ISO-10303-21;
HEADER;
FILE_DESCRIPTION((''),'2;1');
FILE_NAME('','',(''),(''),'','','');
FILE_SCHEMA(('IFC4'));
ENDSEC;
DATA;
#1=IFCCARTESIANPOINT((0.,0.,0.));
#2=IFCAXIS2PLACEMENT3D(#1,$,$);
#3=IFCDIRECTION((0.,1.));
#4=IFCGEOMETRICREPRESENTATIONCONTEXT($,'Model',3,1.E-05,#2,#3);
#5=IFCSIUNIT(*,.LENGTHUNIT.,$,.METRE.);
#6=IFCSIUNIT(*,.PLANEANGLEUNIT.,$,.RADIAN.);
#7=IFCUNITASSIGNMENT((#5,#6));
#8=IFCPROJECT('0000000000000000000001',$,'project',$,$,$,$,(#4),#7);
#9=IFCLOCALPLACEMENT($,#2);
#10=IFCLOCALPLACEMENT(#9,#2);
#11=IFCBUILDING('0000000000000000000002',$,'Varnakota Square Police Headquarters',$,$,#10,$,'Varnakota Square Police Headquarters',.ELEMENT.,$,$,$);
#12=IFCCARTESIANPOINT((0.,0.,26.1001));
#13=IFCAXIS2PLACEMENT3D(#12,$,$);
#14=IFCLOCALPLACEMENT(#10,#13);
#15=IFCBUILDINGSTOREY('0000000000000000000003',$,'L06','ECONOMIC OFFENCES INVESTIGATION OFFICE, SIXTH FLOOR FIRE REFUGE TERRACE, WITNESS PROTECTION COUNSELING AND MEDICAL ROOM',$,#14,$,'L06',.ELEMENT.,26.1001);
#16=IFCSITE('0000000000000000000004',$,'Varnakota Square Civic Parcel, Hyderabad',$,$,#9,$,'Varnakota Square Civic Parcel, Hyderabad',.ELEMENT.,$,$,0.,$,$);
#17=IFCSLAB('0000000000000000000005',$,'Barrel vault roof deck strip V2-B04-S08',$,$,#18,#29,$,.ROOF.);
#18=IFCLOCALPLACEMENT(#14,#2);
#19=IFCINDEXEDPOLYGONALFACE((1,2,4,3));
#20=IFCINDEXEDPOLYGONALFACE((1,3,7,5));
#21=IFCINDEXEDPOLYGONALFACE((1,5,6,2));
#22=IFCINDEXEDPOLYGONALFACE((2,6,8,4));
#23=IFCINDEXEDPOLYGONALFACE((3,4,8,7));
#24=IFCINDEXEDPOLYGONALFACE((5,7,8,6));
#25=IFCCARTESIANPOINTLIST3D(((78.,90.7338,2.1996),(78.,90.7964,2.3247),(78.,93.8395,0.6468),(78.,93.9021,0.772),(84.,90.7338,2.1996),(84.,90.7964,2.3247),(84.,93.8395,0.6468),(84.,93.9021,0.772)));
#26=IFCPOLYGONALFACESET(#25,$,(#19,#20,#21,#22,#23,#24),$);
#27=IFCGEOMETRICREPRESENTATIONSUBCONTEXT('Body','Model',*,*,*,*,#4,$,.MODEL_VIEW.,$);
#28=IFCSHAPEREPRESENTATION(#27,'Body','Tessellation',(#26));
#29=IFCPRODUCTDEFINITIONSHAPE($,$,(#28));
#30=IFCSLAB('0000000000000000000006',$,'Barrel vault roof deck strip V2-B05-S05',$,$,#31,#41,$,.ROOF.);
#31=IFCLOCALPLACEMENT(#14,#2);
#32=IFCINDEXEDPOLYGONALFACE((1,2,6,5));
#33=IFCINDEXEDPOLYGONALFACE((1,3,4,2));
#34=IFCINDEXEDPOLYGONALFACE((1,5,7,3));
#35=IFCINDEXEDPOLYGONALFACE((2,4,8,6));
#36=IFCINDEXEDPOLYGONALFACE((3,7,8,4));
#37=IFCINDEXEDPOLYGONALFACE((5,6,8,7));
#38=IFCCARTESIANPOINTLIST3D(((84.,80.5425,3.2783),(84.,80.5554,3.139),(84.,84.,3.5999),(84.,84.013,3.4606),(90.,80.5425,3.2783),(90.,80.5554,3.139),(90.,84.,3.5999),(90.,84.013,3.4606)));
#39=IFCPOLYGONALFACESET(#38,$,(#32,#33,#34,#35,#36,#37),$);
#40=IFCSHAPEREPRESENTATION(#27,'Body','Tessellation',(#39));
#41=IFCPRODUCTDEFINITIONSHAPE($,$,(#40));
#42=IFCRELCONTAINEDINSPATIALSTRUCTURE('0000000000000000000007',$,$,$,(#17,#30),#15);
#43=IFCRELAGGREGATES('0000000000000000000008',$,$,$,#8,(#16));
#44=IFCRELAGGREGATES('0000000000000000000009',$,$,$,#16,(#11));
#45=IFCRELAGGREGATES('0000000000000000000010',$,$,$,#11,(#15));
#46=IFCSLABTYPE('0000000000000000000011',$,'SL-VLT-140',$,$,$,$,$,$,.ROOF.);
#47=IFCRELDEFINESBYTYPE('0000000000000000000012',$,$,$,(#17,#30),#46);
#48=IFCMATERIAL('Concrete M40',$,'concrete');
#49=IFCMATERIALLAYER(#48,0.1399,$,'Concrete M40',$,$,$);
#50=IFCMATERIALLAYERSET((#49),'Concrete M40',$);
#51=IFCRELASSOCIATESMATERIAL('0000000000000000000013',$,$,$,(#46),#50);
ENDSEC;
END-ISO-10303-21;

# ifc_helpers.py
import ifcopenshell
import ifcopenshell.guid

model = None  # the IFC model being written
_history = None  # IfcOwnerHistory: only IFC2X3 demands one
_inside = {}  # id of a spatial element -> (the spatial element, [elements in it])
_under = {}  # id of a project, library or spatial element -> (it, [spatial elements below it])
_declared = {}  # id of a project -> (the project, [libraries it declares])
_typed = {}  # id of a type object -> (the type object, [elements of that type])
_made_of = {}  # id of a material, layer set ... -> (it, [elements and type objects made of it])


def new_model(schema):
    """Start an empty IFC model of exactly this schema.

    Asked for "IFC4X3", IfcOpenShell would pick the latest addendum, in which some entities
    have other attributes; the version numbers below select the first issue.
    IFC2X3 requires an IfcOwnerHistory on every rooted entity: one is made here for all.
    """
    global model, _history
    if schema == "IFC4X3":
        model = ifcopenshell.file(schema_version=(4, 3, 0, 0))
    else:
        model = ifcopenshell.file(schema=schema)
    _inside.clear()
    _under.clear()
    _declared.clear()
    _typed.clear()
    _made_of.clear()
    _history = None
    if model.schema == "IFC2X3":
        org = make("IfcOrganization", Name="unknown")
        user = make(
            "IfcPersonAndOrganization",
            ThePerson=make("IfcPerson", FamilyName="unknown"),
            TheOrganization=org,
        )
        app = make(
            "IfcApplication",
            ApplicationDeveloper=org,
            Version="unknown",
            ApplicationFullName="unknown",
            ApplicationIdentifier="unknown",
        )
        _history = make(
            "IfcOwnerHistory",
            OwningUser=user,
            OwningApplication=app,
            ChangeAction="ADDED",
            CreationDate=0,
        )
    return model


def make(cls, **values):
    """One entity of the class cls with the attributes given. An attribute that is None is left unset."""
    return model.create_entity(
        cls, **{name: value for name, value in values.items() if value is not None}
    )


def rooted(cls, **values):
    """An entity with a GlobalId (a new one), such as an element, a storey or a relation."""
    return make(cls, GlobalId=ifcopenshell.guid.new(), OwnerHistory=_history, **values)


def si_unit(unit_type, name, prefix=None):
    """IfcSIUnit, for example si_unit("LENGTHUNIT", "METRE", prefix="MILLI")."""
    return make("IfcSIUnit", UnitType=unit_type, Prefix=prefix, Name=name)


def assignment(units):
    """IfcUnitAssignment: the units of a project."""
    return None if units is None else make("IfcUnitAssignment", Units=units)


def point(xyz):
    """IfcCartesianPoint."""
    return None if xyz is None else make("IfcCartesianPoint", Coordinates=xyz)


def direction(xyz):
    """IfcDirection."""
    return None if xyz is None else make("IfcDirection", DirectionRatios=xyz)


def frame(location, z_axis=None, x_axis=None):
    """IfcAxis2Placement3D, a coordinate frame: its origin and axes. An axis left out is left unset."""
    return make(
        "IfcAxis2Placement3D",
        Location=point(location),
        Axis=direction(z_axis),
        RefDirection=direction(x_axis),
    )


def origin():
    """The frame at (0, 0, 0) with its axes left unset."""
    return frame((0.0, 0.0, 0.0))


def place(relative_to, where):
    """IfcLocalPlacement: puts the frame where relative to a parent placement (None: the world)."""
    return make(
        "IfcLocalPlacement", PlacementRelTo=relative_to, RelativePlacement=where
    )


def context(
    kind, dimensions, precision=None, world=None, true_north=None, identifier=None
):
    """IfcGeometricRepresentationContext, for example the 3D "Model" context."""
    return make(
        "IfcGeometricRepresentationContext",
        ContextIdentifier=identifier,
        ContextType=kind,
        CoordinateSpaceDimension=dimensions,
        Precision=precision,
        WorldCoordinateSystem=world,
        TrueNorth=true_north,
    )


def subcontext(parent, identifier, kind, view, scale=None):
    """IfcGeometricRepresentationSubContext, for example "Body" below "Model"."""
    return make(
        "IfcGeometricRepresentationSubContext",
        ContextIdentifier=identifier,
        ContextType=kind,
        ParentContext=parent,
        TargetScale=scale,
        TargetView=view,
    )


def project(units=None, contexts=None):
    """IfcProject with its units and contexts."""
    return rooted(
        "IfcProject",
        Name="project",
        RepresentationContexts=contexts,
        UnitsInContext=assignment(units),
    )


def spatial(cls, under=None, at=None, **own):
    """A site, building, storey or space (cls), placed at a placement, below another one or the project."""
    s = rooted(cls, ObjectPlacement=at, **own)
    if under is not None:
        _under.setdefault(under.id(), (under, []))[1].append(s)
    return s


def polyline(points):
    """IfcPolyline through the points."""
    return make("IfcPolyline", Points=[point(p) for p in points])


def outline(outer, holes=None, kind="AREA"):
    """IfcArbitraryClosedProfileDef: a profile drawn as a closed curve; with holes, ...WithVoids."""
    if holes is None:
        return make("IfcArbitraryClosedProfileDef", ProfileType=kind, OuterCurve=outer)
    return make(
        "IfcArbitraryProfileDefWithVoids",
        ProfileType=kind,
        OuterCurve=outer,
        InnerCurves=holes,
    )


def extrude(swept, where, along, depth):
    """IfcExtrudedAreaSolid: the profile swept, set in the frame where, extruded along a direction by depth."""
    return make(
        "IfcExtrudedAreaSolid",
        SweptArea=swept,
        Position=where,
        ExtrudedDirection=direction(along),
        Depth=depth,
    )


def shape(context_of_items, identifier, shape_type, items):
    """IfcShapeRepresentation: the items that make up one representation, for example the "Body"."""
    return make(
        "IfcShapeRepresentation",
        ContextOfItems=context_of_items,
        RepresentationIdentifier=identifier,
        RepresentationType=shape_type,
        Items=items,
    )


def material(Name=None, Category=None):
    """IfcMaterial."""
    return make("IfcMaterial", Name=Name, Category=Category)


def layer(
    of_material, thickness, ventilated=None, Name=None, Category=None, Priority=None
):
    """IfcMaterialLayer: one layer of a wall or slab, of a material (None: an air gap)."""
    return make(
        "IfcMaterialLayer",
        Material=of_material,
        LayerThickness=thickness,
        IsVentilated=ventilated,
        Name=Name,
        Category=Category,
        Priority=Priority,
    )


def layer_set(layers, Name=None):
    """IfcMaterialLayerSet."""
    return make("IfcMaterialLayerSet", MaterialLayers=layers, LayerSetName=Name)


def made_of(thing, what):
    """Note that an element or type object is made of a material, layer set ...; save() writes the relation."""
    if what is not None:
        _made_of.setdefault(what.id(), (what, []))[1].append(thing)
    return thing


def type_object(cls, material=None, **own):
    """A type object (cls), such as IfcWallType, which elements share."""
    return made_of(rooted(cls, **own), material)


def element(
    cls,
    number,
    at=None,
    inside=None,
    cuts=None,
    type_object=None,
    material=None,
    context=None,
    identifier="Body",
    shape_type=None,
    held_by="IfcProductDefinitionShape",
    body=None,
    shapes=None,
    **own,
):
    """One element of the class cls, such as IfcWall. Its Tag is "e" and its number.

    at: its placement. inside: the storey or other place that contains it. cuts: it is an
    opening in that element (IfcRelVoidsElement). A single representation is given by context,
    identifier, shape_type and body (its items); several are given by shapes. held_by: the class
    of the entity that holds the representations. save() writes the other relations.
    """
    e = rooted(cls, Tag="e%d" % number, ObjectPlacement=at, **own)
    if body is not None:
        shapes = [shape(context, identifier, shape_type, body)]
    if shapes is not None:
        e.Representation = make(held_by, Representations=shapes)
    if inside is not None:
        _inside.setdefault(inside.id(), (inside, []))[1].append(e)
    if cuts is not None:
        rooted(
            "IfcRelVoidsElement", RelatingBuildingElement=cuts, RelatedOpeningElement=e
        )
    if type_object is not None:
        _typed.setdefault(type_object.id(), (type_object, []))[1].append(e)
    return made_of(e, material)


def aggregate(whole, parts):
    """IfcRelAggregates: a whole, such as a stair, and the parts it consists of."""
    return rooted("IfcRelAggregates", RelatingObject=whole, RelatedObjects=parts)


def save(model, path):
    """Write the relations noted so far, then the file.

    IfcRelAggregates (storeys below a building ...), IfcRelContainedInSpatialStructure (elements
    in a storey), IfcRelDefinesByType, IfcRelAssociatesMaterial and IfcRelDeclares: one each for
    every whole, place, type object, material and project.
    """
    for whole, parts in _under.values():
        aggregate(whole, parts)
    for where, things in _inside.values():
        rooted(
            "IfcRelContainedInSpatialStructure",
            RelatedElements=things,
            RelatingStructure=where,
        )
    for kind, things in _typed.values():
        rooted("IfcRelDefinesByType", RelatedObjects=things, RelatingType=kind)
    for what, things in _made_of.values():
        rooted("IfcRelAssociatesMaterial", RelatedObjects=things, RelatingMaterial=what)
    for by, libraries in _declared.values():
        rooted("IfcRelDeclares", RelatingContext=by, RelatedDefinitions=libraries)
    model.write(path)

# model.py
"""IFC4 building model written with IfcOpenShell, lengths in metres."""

from ifc_helpers import new_model, si_unit, direction, frame, origin, place, context, subcontext, project, spatial, polyline, outline, extrude, material, layer, layer_set, type_object, element, save


model = new_model("IFC4")

# Units and contexts
model_context = context("Model", 3, precision=1e-05, world=origin(), true_north=direction((0.0, 1.0)))
body_context = subcontext(model_context, "Body", "Model", "MODEL_VIEW")
ifc_project = project(units=[si_unit("LENGTHUNIT", "METRE"), si_unit("PLANEANGLEUNIT", "RADIAN")], contexts=[model_context])

# Site, building, storey
site_placement = place(None, origin())
site = spatial("IfcSite", under=ifc_project, at=site_placement, Name="Varnakota Square Civic Parcel, Hyderabad", LongName="Varnakota Square Civic Parcel, Hyderabad", CompositionType="ELEMENT", RefElevation=0.0)
building_placement = place(site_placement, origin())
building = spatial("IfcBuilding", under=site, at=building_placement, Name="Varnakota Square Police Headquarters", LongName="Varnakota Square Police Headquarters", CompositionType="ELEMENT")
storey_placement = place(building_placement, frame((0.0, 0.0, 26.1001)))
storey = spatial("IfcBuildingStorey", under=building, at=storey_placement, Name="L06", Description="ECONOMIC OFFENCES INVESTIGATION OFFICE, SIXTH FLOOR FIRE REFUGE TERRACE, WITNESS PROTECTION COUNSELING AND MEDICAL ROOM", LongName="L06", CompositionType="ELEMENT", Elevation=26.1001)

# Slabs
ifc_material_1 = material(Name="Concrete M40", Category="concrete")
ifc_layer = layer(ifc_material_1, 0.1399, Name="Concrete M40")
ifc_layer_set = layer_set([ifc_layer], Name="Concrete M40")
slab_type = type_object("IfcSlabType", Name="SL-VLT-140", PredefinedType="ROOF", material=ifc_layer_set)
slab_1_placement = place(storey_placement, frame((78.0, 90.7964, 2.3247), z_axis=(0.0, 0.447185, 0.894441), x_axis=(1.0, 0.0, 0.0)))
element("IfcSlab", 1, at=slab_1_placement, inside=storey, type_object=slab_type, Name="Barrel vault roof deck strip V2-B04-S08", PredefinedType="ROOF", context=body_context, shape_type="SweptSolid", body=[
    extrude(outline(polyline([(0.0, 0.0), (6.0, 0.0), (6.0, 3.4722), (0.0, 3.4722), (0.0, 0.0)])), origin(), (0.0, 0.0, -1.0), 0.1399),
])
slab_2_placement = place(storey_placement, frame((84.0, 80.5425, 3.2783), z_axis=(0.0, -0.092596, 0.995704), x_axis=(1.0, 0.0, 0.0)))
element("IfcSlab", 2, at=slab_2_placement, inside=storey, type_object=slab_type, Name="Barrel vault roof deck strip V2-B05-S05", PredefinedType="ROOF", context=body_context, shape_type="SweptSolid", body=[
    extrude(outline(polyline([(0.0, 0.0), (6.0, 0.0), (6.0, 3.4724), (0.0, 3.4724), (0.0, 0.0)])), origin(), (0.0, 0.0, -1.0), 0.1399),
])

save(model, "model.ifc")
